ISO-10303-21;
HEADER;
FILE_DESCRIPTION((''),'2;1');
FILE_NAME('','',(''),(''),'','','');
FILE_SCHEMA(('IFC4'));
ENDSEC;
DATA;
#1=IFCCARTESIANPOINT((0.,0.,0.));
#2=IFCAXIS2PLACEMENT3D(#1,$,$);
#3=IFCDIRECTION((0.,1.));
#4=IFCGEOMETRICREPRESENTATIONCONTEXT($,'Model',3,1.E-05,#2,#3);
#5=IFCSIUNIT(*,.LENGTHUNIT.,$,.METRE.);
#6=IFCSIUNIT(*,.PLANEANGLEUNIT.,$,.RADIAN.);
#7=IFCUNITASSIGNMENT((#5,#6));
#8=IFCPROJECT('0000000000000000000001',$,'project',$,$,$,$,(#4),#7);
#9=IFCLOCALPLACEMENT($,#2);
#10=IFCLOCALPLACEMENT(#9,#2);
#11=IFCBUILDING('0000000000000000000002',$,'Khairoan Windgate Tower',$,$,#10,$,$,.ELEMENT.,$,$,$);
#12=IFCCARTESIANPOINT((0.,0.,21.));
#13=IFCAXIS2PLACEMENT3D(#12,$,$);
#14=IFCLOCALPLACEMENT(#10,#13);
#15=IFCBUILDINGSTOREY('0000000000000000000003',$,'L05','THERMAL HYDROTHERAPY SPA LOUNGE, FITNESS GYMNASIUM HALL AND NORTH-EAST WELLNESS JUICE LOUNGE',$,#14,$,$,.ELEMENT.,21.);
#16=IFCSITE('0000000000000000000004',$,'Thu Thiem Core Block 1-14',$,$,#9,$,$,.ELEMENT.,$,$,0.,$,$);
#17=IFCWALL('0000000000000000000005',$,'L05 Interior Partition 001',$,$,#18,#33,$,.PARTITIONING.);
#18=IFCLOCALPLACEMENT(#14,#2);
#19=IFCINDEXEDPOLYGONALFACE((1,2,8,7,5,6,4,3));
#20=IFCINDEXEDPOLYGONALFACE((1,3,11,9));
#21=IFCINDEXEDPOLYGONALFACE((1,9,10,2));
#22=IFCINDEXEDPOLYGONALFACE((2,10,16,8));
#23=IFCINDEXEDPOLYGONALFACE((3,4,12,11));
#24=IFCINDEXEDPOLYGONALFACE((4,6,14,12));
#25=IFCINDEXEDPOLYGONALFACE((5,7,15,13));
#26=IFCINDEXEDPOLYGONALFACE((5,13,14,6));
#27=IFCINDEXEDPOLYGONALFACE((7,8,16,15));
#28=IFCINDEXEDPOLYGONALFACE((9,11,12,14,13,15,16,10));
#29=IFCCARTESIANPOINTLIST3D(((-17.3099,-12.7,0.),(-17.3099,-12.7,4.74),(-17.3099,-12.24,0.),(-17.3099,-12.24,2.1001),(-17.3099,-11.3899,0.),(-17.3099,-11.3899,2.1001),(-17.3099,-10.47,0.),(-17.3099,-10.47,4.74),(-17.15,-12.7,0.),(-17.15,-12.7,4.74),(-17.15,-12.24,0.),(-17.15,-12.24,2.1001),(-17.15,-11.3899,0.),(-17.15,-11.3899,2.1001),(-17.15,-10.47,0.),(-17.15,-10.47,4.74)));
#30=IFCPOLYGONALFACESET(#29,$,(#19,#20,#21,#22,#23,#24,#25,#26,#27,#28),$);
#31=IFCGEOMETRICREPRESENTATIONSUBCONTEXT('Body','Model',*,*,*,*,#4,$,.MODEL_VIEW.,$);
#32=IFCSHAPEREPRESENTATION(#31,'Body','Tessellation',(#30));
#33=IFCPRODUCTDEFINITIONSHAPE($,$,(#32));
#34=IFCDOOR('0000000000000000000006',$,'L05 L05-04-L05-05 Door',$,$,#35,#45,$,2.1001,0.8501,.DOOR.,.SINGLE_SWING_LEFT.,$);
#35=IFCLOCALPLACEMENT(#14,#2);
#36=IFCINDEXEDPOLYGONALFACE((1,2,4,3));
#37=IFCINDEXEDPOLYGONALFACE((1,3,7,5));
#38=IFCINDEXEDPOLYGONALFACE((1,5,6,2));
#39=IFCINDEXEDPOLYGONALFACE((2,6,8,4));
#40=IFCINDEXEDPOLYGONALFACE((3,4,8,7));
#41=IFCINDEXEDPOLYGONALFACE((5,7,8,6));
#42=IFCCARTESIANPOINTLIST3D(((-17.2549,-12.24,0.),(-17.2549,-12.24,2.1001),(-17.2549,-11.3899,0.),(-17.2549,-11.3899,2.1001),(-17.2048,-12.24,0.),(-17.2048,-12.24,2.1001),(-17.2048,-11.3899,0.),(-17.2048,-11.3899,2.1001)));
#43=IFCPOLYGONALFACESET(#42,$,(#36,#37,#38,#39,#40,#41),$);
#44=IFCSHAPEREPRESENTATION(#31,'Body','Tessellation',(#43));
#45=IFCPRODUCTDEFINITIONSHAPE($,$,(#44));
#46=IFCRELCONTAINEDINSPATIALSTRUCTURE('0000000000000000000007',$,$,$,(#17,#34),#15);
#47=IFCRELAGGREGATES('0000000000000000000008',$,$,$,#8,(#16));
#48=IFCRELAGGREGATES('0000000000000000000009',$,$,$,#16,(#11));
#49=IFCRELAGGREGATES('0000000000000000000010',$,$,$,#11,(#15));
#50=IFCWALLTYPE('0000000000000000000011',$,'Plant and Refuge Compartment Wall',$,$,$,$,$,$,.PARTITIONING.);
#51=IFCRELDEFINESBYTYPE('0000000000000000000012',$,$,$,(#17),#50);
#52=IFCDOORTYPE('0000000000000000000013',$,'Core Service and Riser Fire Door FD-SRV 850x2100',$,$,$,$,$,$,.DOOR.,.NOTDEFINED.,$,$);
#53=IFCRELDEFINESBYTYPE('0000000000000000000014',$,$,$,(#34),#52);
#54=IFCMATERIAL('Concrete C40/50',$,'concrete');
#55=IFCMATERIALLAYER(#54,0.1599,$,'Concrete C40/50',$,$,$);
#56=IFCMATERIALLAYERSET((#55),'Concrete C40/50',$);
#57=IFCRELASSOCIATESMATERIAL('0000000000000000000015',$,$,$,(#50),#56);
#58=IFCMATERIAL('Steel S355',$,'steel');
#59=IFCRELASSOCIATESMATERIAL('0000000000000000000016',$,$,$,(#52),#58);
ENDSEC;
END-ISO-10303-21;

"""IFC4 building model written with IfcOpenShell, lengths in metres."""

from ifc_helpers import new_model, si_unit, direction, frame, frame_2d, origin, place, context, subcontext, project, spatial, rectangle, extrude, material, layer, layer_set, type_object, element, fill, save


model = new_model("IFC4")

# Units and contexts
model_context = context("Model", 3, precision=1e-05, world=origin(), true_north=direction((0.0, 1.0)))
body_context = subcontext(model_context, "Body", "Model", "MODEL_VIEW")
ifc_project = project(units=[si_unit("LENGTHUNIT", "METRE"), si_unit("PLANEANGLEUNIT", "RADIAN")], contexts=[model_context])

# Site, building, storey
site_placement = place(None, origin())
site = spatial("IfcSite", under=ifc_project, at=site_placement, Name="Thu Thiem Core Block 1-14", CompositionType="ELEMENT", RefElevation=0.0)
building_placement = place(site_placement, origin())
building = spatial("IfcBuilding", under=site, at=building_placement, Name="Khairoan Windgate Tower", CompositionType="ELEMENT")
storey_placement = place(building_placement, frame((0.0, 0.0, 21.0)))
storey = spatial("IfcBuildingStorey", under=building, at=storey_placement, Name="L05", Description="THERMAL HYDROTHERAPY SPA LOUNGE, FITNESS GYMNASIUM HALL AND NORTH-EAST WELLNESS JUICE LOUNGE", CompositionType="ELEMENT", Elevation=21.0)

# Wall, opening, door
ifc_material_1 = material(Name="Concrete C40/50", Category="concrete")
ifc_layer_1 = layer(ifc_material_1, 0.1599, Name="Concrete C40/50")
ifc_layer_set_1 = layer_set([ifc_layer_1], Name="Concrete C40/50")
wall_type_1 = type_object("IfcWallType", Name="Plant and Refuge Compartment Wall", PredefinedType="PARTITIONING", material=ifc_layer_set_1)
wall_1_placement = place(storey_placement, frame((-17.23, -12.7, 0.0), z_axis=(0.0, 0.0, 1.0), x_axis=(0.0, 1.0, 0.0)))
wall_1 = element("IfcWall", 1, at=wall_1_placement, inside=storey, type_object=wall_type_1, Name="L05 Interior Partition 001", PredefinedType="PARTITIONING", context=body_context, shape_type="SweptSolid", body=[
    extrude(rectangle(XDim=2.23, YDim=0.1599, at=frame_2d((1.115, 0.0))), origin(), (0.0, 0.0, 1.0), 4.74),
])
opening_1_placement = place(wall_1_placement, frame((0.46, 0.0, 0.0)))
opening_1 = element("IfcOpeningElement", 2, at=opening_1_placement, cuts=wall_1, PredefinedType="OPENING", context=body_context, shape_type="SweptSolid", body=[
    extrude(rectangle(XDim=0.8501, YDim=2.1001, at=frame_2d((0.425, 1.05))), frame((0.0, 0.0898, 0.0), z_axis=(0.0, -1.0, 0.0), x_axis=(1.0, 0.0, 0.0)), (0.0, 0.0, 1.0), 0.1799),
])
ifc_material_2 = material(Name="Steel S355", Category="steel")
door_type_1 = type_object("IfcDoorType", Name="Core Service and Riser Fire Door FD-SRV 850x2100", OperationType="NOTDEFINED", PredefinedType="DOOR", material=ifc_material_2)
door_1_placement = place(opening_1_placement, origin())
door_1 = element("IfcDoor", 3, at=door_1_placement, inside=storey, type_object=door_type_1, Name="L05 L05-04-L05-05 Door", OperationType="SINGLE_SWING_LEFT", OverallHeight=2.1001, OverallWidth=0.8501, PredefinedType="DOOR", context=body_context, shape_type="SweptSolid", body=[
    extrude(rectangle(XDim=0.8501, YDim=2.1001, at=frame_2d((0.425, 1.05))), frame((0.0, 0.0249, 0.0), z_axis=(0.0, -1.0, 0.0), x_axis=(1.0, 0.0, 0.0)), (0.0, 0.0, 1.0), 0.05),
])
fill(opening_1, door_1)

save(model, "model.ifc")
